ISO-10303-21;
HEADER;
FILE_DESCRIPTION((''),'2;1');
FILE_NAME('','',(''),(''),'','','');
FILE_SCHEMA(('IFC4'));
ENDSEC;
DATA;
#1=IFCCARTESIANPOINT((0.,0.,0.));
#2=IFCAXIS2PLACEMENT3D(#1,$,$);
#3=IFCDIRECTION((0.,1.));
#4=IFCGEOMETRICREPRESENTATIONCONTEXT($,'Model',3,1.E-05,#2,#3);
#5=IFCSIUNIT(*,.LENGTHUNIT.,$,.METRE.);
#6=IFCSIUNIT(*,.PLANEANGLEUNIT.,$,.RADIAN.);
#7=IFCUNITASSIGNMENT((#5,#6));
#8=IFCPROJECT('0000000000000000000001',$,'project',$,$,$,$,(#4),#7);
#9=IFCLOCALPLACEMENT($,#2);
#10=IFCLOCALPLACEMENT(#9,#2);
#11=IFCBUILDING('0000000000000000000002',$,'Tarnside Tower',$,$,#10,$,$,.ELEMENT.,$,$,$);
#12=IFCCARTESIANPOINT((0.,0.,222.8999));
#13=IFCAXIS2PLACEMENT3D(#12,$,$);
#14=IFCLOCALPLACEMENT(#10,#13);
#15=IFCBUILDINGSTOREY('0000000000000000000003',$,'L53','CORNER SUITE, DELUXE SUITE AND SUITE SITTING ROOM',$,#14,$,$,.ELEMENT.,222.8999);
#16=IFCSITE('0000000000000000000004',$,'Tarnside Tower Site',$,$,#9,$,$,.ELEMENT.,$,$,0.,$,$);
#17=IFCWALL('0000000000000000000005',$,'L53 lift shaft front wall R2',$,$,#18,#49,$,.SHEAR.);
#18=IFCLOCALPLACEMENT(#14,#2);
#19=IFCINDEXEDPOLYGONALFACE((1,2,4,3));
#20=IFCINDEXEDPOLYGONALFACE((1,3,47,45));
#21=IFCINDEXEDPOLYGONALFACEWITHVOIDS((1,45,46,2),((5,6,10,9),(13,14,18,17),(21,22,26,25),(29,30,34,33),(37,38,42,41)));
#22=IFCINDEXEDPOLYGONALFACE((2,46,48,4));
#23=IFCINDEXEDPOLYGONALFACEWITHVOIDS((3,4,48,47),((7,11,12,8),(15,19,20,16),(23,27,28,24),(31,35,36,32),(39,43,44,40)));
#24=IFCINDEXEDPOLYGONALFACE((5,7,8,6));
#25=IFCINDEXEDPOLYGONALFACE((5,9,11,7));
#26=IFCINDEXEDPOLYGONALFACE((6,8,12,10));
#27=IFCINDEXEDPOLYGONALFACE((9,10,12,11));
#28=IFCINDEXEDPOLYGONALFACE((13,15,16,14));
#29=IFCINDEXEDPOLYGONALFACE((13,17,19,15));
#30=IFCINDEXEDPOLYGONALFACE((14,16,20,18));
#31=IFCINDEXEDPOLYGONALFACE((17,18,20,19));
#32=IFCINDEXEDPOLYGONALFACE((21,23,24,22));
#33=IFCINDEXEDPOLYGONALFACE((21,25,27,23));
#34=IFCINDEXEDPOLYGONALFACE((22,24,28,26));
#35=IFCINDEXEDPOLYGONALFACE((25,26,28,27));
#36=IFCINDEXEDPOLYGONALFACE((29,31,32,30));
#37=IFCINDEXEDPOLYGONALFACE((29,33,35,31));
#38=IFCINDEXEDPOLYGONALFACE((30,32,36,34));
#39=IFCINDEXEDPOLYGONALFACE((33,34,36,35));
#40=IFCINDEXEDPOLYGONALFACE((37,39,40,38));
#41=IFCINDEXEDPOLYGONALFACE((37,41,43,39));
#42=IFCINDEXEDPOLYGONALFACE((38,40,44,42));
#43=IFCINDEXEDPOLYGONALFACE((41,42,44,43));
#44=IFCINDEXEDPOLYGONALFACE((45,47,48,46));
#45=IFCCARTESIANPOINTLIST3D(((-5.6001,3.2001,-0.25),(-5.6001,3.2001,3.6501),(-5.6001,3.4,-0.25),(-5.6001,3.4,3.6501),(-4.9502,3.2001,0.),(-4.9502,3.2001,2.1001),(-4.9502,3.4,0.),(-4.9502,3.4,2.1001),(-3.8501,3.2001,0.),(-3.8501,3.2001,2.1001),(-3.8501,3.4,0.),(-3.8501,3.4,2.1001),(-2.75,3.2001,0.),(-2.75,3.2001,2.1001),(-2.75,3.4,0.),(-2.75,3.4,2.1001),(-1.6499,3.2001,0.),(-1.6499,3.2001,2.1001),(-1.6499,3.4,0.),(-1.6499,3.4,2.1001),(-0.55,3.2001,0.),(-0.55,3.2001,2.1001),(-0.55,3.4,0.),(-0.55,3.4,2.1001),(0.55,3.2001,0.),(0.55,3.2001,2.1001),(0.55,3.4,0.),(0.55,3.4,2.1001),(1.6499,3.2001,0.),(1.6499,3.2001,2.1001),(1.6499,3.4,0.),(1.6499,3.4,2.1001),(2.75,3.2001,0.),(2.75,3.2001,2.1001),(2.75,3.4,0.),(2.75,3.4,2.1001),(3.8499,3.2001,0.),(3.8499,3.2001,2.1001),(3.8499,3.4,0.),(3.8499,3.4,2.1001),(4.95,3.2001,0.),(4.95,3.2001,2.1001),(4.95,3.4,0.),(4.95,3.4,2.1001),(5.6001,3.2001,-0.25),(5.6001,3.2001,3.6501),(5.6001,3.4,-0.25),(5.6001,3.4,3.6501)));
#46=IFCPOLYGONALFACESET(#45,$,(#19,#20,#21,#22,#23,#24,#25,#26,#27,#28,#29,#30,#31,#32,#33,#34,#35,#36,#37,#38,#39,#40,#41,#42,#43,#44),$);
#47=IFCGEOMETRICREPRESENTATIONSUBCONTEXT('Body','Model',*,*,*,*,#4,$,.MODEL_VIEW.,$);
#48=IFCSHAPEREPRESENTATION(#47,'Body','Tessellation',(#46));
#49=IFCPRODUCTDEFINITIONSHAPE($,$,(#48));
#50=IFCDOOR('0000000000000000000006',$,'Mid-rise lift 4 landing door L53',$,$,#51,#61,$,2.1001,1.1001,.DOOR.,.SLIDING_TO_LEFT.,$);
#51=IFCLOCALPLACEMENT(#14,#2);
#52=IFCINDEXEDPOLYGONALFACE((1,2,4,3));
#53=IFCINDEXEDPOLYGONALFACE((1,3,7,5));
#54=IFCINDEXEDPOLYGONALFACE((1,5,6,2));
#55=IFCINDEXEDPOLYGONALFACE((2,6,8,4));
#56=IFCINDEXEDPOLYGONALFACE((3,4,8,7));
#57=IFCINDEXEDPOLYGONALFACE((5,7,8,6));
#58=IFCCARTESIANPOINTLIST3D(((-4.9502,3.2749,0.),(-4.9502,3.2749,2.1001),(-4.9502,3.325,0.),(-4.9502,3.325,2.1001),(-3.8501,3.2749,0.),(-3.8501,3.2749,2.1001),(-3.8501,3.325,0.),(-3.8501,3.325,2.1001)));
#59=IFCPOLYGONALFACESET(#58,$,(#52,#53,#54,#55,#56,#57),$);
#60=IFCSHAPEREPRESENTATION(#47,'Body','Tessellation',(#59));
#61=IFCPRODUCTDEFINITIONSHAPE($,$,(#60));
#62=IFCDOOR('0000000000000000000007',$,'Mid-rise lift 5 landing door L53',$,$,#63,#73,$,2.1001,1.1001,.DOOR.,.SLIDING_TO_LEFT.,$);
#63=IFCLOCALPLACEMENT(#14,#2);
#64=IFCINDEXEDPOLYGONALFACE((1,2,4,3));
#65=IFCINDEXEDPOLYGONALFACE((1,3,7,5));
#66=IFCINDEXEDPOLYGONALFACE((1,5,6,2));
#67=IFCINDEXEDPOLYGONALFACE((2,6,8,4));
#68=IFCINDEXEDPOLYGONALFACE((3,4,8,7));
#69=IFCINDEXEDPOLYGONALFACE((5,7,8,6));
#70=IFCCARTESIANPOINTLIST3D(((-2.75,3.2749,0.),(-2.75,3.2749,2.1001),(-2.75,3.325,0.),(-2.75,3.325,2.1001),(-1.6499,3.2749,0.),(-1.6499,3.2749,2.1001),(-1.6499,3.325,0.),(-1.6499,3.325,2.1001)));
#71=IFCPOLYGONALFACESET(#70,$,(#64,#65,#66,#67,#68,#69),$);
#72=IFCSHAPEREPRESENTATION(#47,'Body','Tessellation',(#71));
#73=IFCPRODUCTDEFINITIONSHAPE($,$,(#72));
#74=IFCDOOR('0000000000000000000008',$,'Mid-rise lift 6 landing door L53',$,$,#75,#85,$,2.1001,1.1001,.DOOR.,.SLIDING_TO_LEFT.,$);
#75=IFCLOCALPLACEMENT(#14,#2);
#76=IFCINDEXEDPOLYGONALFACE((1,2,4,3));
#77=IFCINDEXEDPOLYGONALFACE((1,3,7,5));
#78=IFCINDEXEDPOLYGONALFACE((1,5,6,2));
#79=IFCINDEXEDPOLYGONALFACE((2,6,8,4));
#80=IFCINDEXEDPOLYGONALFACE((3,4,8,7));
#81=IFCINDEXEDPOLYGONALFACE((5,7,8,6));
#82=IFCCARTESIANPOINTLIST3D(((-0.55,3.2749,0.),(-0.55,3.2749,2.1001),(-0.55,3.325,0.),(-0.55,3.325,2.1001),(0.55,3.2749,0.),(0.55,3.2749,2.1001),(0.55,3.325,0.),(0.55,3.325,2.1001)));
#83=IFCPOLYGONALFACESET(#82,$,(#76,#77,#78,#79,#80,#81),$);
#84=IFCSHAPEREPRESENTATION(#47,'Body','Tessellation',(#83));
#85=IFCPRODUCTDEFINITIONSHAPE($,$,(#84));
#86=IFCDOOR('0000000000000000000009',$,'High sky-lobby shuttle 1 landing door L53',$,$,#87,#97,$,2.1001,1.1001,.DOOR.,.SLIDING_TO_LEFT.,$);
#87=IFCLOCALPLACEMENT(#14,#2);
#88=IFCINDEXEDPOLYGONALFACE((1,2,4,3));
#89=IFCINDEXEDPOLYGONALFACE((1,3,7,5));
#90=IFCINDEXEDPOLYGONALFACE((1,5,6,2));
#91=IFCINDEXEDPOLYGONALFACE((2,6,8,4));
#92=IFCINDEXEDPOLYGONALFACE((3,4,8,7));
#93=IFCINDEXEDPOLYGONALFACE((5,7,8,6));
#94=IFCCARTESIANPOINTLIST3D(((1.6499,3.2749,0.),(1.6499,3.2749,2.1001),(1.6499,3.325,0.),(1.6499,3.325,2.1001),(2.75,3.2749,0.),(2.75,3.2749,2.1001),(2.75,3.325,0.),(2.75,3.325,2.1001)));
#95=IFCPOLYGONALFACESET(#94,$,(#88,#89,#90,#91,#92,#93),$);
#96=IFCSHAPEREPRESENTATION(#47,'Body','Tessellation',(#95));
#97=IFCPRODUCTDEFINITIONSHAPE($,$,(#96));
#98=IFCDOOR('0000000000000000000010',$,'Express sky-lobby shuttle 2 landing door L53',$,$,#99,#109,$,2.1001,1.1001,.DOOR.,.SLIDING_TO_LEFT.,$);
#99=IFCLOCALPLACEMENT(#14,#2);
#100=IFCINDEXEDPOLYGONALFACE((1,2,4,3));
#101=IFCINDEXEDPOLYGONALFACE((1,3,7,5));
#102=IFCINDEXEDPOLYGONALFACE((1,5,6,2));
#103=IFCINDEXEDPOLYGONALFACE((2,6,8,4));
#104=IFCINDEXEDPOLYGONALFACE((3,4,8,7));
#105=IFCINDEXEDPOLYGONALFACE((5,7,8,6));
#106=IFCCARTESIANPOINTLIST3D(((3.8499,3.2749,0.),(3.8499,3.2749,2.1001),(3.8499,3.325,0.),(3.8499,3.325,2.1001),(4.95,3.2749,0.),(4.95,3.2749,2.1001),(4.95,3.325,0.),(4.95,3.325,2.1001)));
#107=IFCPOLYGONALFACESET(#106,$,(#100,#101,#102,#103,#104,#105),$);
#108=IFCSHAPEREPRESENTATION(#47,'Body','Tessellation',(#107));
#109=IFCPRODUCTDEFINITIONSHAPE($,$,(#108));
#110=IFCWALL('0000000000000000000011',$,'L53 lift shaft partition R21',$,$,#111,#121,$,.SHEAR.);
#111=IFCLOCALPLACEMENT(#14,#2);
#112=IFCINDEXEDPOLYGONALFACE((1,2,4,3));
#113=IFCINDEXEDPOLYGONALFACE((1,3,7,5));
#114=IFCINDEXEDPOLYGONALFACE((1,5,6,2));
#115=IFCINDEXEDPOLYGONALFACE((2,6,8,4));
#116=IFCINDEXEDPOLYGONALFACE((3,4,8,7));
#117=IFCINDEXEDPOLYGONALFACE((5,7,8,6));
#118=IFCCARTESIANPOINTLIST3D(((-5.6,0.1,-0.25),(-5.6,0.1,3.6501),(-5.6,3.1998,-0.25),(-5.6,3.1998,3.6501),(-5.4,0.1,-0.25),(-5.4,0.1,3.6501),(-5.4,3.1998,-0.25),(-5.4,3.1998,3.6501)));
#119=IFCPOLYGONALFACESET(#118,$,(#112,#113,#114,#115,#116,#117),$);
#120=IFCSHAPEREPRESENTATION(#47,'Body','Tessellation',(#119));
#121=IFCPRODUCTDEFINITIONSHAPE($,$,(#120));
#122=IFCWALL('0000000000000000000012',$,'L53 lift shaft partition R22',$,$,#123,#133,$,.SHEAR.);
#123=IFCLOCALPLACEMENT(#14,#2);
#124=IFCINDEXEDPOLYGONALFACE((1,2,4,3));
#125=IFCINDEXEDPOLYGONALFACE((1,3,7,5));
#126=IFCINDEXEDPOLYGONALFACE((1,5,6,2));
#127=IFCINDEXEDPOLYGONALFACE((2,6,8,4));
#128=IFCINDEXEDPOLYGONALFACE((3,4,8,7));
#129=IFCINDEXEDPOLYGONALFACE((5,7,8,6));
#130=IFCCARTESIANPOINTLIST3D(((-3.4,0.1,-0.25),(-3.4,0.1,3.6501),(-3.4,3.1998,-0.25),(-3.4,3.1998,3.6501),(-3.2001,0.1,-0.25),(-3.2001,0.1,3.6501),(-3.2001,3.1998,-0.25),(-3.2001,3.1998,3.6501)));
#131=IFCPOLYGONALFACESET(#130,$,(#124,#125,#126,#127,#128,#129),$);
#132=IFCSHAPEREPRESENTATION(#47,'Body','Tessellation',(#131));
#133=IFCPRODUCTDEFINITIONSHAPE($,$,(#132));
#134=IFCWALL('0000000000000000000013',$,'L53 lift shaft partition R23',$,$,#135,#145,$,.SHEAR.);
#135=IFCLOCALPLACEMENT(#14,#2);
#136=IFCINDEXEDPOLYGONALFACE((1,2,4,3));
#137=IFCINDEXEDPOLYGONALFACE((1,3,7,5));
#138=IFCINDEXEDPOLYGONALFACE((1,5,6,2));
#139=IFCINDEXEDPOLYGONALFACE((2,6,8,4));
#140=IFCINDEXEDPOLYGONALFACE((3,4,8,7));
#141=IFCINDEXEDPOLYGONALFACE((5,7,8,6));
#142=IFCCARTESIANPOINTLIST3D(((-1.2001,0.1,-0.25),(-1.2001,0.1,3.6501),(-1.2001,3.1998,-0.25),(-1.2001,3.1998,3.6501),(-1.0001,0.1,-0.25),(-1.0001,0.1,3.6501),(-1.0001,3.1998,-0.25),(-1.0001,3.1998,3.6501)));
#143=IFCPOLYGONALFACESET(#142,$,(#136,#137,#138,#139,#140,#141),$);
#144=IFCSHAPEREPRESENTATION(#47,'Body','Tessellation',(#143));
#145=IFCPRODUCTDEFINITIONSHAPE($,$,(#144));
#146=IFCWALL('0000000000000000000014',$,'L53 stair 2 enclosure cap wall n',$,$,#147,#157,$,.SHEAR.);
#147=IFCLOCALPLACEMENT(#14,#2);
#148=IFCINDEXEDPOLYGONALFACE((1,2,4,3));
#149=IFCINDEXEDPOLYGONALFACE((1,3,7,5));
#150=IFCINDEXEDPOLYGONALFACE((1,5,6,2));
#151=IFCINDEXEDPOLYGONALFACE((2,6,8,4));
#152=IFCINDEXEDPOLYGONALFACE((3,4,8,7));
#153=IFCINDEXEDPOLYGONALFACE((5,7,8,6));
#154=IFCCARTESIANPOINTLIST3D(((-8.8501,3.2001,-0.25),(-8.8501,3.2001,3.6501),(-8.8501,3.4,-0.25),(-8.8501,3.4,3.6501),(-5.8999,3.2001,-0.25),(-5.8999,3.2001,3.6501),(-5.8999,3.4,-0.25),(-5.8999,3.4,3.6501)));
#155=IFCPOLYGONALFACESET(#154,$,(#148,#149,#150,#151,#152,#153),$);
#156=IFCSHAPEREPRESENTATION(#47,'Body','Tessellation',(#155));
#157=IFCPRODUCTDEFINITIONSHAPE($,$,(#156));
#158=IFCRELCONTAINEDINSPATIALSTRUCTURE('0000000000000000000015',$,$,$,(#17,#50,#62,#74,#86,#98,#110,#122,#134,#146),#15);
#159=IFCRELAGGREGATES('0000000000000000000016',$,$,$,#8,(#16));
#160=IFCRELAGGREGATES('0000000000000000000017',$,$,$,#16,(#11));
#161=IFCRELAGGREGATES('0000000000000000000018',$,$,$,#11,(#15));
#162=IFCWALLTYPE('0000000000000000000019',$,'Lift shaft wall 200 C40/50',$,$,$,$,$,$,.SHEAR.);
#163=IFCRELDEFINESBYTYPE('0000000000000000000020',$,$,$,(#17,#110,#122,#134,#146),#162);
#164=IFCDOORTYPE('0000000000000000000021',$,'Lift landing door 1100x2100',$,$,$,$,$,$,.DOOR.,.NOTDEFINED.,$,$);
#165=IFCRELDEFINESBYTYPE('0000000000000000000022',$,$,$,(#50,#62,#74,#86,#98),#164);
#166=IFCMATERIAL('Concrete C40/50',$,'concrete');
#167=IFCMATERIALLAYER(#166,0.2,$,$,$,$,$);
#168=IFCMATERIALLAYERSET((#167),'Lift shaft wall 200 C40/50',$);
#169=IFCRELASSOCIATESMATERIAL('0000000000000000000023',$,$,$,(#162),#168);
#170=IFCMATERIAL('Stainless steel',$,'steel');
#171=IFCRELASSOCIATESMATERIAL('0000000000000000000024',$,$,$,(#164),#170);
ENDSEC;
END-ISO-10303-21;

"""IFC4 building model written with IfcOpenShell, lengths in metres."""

from ifc_helpers import new_model, si_unit, direction, frame, frame_2d, origin, place, context, subcontext, project, spatial, rectangle, extrude, material, layer, layer_set, type_object, element, fill, save


model = new_model("IFC4")

# Units and contexts
model_context = context("Model", 3, precision=1e-05, world=origin(), true_north=direction((0.0, 1.0)))
body_context = subcontext(model_context, "Body", "Model", "MODEL_VIEW")
ifc_project = project(units=[si_unit("LENGTHUNIT", "METRE"), si_unit("PLANEANGLEUNIT", "RADIAN")], contexts=[model_context])

# Site, building, storey
site_placement = place(None, origin())
site = spatial("IfcSite", under=ifc_project, at=site_placement, Name="Tarnside Tower Site", CompositionType="ELEMENT", RefElevation=0.0)
building_placement = place(site_placement, origin())
building = spatial("IfcBuilding", under=site, at=building_placement, Name="Tarnside Tower", CompositionType="ELEMENT")
storey_placement = place(building_placement, frame((0.0, 0.0, 222.8999)))
storey = spatial("IfcBuildingStorey", under=building, at=storey_placement, Name="L53", Description="CORNER SUITE, DELUXE SUITE AND SUITE SITTING ROOM", CompositionType="ELEMENT", Elevation=222.8999)

# Shared definitions
ifc_material_1 = material(Name="Concrete C40/50", Category="concrete")

# Wall, openings, doors
ifc_layer_1 = layer(ifc_material_1, 0.2)
ifc_layer_set_1 = layer_set([ifc_layer_1], Name="Lift shaft wall 200 C40/50")
wall_type = type_object("IfcWallType", Name="Lift shaft wall 200 C40/50", PredefinedType="SHEAR", material=ifc_layer_set_1)
wall_1_placement = place(storey_placement, frame((-5.6001, 3.3, -0.25), z_axis=(0.0, 0.0, 1.0), x_axis=(1.0, 0.0, 0.0)))
wall_1 = element("IfcWall", 1, at=wall_1_placement, inside=storey, type_object=wall_type, Name="L53 lift shaft front wall R2", PredefinedType="SHEAR", context=body_context, shape_type="SweptSolid", body=[
    extrude(rectangle(XDim=11.2002, YDim=0.2, at=frame_2d((5.6001, 0.0))), origin(), (0.0, 0.0, 1.0), 3.9001),
])
opening_1_placement = place(wall_1_placement, frame((0.6499, 0.0, 0.25)))
opening_1 = element("IfcOpeningElement", 2, at=opening_1_placement, cuts=wall_1, PredefinedType="OPENING", context=body_context, shape_type="SweptSolid", body=[
    extrude(rectangle(XDim=1.1001, YDim=2.1001, at=frame_2d((0.55, 1.05))), frame((0.0, 0.1099, 0.0), z_axis=(0.0, -1.0, 0.0), x_axis=(1.0, 0.0, 0.0)), (0.0, 0.0, 1.0), 0.22),
])
opening_2_placement = place(wall_1_placement, frame((2.8501, 0.0, 0.25)))
opening_2 = element("IfcOpeningElement", 3, at=opening_2_placement, cuts=wall_1, PredefinedType="OPENING", context=body_context, shape_type="SweptSolid", body=[
    extrude(rectangle(XDim=1.1001, YDim=2.1001, at=frame_2d((0.55, 1.05))), frame((0.0, 0.1099, 0.0), z_axis=(0.0, -1.0, 0.0), x_axis=(1.0, 0.0, 0.0)), (0.0, 0.0, 1.0), 0.22),
])
opening_3_placement = place(wall_1_placement, frame((5.05, 0.0, 0.25)))
opening_3 = element("IfcOpeningElement", 4, at=opening_3_placement, cuts=wall_1, PredefinedType="OPENING", context=body_context, shape_type="SweptSolid", body=[
    extrude(rectangle(XDim=1.1001, YDim=2.1001, at=frame_2d((0.55, 1.05))), frame((0.0, 0.1099, 0.0), z_axis=(0.0, -1.0, 0.0), x_axis=(1.0, 0.0, 0.0)), (0.0, 0.0, 1.0), 0.22),
])
opening_4_placement = place(wall_1_placement, frame((7.25, 0.0, 0.25)))
opening_4 = element("IfcOpeningElement", 5, at=opening_4_placement, cuts=wall_1, PredefinedType="OPENING", context=body_context, shape_type="SweptSolid", body=[
    extrude(rectangle(XDim=1.1001, YDim=2.1001, at=frame_2d((0.55, 1.05))), frame((0.0, 0.1099, 0.0), z_axis=(0.0, -1.0, 0.0), x_axis=(1.0, 0.0, 0.0)), (0.0, 0.0, 1.0), 0.22),
])
opening_5_placement = place(wall_1_placement, frame((9.45, 0.0, 0.25)))
opening_5 = element("IfcOpeningElement", 6, at=opening_5_placement, cuts=wall_1, PredefinedType="OPENING", context=body_context, shape_type="SweptSolid", body=[
    extrude(rectangle(XDim=1.1001, YDim=2.1001, at=frame_2d((0.55, 1.05))), frame((0.0, 0.1099, 0.0), z_axis=(0.0, -1.0, 0.0), x_axis=(1.0, 0.0, 0.0)), (0.0, 0.0, 1.0), 0.22),
])
ifc_material_2 = material(Name="Stainless steel", Category="steel")
door_type = type_object("IfcDoorType", Name="Lift landing door 1100x2100", OperationType="NOTDEFINED", PredefinedType="DOOR", material=ifc_material_2)
door_1_placement = place(opening_1_placement, origin())
door_1 = element("IfcDoor", 7, at=door_1_placement, inside=storey, type_object=door_type, Name="Mid-rise lift 4 landing door L53", OperationType="SLIDING_TO_LEFT", OverallHeight=2.1001, OverallWidth=1.1001, PredefinedType="DOOR", context=body_context, shape_type="SweptSolid", body=[
    extrude(rectangle(XDim=1.1001, YDim=2.1001, at=frame_2d((0.55, 1.05))), frame((0.0, 0.0249, 0.0), z_axis=(0.0, -1.0, 0.0), x_axis=(1.0, 0.0, 0.0)), (0.0, 0.0, 1.0), 0.05),
])
fill(opening_1, door_1)
door_2_placement = place(opening_2_placement, origin())
door_2 = element("IfcDoor", 8, at=door_2_placement, inside=storey, type_object=door_type, Name="Mid-rise lift 5 landing door L53", OperationType="SLIDING_TO_LEFT", OverallHeight=2.1001, OverallWidth=1.1001, PredefinedType="DOOR", context=body_context, shape_type="SweptSolid", body=[
    extrude(rectangle(XDim=1.1001, YDim=2.1001, at=frame_2d((0.55, 1.05))), frame((0.0, 0.0249, 0.0), z_axis=(0.0, -1.0, 0.0), x_axis=(1.0, 0.0, 0.0)), (0.0, 0.0, 1.0), 0.05),
])
fill(opening_2, door_2)
door_3_placement = place(opening_3_placement, origin())
door_3 = element("IfcDoor", 9, at=door_3_placement, inside=storey, type_object=door_type, Name="Mid-rise lift 6 landing door L53", OperationType="SLIDING_TO_LEFT", OverallHeight=2.1001, OverallWidth=1.1001, PredefinedType="DOOR", context=body_context, shape_type="SweptSolid", body=[
    extrude(rectangle(XDim=1.1001, YDim=2.1001, at=frame_2d((0.55, 1.05))), frame((0.0, 0.0249, 0.0), z_axis=(0.0, -1.0, 0.0), x_axis=(1.0, 0.0, 0.0)), (0.0, 0.0, 1.0), 0.05),
])
fill(opening_3, door_3)
door_4_placement = place(opening_4_placement, origin())
door_4 = element("IfcDoor", 10, at=door_4_placement, inside=storey, type_object=door_type, Name="High sky-lobby shuttle 1 landing door L53", OperationType="SLIDING_TO_LEFT", OverallHeight=2.1001, OverallWidth=1.1001, PredefinedType="DOOR", context=body_context, shape_type="SweptSolid", body=[
    extrude(rectangle(XDim=1.1001, YDim=2.1001, at=frame_2d((0.55, 1.05))), frame((0.0, 0.0249, 0.0), z_axis=(0.0, -1.0, 0.0), x_axis=(1.0, 0.0, 0.0)), (0.0, 0.0, 1.0), 0.05),
])
fill(opening_4, door_4)
door_5_placement = place(opening_5_placement, origin())
door_5 = element("IfcDoor", 11, at=door_5_placement, inside=storey, type_object=door_type, Name="Express sky-lobby shuttle 2 landing door L53", OperationType="SLIDING_TO_LEFT", OverallHeight=2.1001, OverallWidth=1.1001, PredefinedType="DOOR", context=body_context, shape_type="SweptSolid", body=[
    extrude(rectangle(XDim=1.1001, YDim=2.1001, at=frame_2d((0.55, 1.05))), frame((0.0, 0.0249, 0.0), z_axis=(0.0, -1.0, 0.0), x_axis=(1.0, 0.0, 0.0)), (0.0, 0.0, 1.0), 0.05),
])
fill(opening_5, door_5)

# Walls
for number, where, z_axis, x_axis, name in (
    (12, (-5.5, 0.1001, -0.25), (0.0, 0.0, 1.0), (0.0, 1.0, 0.0), "L53 lift shaft partition R21"),
    (13, (-3.3, 0.1001, -0.25), (0.0, 0.0, 1.0), (0.0, 1.0, 0.0), "L53 lift shaft partition R22"),
    (14, (-1.1001, 0.1001, -0.25), (0.0, 0.0, 1.0), (0.0, 1.0, 0.0), "L53 lift shaft partition R23"),
):
    element("IfcWall", number, at=place(storey_placement, frame(where, z_axis=z_axis, x_axis=x_axis)), inside=storey, type_object=wall_type, Name=name, PredefinedType="SHEAR", context=body_context, shape_type="SweptSolid", body=[
        extrude(rectangle(XDim=3.0999, YDim=0.2, at=frame_2d((1.5498, 0.0))), origin(), (0.0, 0.0, 1.0), 3.9001),
    ])
wall_2_placement = place(storey_placement, frame((-8.8501, 3.3, -0.25), z_axis=(0.0, 0.0, 1.0), x_axis=(1.0, 0.0, 0.0)))
element("IfcWall", 15, at=wall_2_placement, inside=storey, type_object=wall_type, Name="L53 stair 2 enclosure cap wall n", PredefinedType="SHEAR", context=body_context, shape_type="SweptSolid", body=[
    extrude(rectangle(XDim=2.9502, YDim=0.2, at=frame_2d((1.4751, 0.0))), origin(), (0.0, 0.0, 1.0), 3.9001),
])

save(model, "model.ifc")
